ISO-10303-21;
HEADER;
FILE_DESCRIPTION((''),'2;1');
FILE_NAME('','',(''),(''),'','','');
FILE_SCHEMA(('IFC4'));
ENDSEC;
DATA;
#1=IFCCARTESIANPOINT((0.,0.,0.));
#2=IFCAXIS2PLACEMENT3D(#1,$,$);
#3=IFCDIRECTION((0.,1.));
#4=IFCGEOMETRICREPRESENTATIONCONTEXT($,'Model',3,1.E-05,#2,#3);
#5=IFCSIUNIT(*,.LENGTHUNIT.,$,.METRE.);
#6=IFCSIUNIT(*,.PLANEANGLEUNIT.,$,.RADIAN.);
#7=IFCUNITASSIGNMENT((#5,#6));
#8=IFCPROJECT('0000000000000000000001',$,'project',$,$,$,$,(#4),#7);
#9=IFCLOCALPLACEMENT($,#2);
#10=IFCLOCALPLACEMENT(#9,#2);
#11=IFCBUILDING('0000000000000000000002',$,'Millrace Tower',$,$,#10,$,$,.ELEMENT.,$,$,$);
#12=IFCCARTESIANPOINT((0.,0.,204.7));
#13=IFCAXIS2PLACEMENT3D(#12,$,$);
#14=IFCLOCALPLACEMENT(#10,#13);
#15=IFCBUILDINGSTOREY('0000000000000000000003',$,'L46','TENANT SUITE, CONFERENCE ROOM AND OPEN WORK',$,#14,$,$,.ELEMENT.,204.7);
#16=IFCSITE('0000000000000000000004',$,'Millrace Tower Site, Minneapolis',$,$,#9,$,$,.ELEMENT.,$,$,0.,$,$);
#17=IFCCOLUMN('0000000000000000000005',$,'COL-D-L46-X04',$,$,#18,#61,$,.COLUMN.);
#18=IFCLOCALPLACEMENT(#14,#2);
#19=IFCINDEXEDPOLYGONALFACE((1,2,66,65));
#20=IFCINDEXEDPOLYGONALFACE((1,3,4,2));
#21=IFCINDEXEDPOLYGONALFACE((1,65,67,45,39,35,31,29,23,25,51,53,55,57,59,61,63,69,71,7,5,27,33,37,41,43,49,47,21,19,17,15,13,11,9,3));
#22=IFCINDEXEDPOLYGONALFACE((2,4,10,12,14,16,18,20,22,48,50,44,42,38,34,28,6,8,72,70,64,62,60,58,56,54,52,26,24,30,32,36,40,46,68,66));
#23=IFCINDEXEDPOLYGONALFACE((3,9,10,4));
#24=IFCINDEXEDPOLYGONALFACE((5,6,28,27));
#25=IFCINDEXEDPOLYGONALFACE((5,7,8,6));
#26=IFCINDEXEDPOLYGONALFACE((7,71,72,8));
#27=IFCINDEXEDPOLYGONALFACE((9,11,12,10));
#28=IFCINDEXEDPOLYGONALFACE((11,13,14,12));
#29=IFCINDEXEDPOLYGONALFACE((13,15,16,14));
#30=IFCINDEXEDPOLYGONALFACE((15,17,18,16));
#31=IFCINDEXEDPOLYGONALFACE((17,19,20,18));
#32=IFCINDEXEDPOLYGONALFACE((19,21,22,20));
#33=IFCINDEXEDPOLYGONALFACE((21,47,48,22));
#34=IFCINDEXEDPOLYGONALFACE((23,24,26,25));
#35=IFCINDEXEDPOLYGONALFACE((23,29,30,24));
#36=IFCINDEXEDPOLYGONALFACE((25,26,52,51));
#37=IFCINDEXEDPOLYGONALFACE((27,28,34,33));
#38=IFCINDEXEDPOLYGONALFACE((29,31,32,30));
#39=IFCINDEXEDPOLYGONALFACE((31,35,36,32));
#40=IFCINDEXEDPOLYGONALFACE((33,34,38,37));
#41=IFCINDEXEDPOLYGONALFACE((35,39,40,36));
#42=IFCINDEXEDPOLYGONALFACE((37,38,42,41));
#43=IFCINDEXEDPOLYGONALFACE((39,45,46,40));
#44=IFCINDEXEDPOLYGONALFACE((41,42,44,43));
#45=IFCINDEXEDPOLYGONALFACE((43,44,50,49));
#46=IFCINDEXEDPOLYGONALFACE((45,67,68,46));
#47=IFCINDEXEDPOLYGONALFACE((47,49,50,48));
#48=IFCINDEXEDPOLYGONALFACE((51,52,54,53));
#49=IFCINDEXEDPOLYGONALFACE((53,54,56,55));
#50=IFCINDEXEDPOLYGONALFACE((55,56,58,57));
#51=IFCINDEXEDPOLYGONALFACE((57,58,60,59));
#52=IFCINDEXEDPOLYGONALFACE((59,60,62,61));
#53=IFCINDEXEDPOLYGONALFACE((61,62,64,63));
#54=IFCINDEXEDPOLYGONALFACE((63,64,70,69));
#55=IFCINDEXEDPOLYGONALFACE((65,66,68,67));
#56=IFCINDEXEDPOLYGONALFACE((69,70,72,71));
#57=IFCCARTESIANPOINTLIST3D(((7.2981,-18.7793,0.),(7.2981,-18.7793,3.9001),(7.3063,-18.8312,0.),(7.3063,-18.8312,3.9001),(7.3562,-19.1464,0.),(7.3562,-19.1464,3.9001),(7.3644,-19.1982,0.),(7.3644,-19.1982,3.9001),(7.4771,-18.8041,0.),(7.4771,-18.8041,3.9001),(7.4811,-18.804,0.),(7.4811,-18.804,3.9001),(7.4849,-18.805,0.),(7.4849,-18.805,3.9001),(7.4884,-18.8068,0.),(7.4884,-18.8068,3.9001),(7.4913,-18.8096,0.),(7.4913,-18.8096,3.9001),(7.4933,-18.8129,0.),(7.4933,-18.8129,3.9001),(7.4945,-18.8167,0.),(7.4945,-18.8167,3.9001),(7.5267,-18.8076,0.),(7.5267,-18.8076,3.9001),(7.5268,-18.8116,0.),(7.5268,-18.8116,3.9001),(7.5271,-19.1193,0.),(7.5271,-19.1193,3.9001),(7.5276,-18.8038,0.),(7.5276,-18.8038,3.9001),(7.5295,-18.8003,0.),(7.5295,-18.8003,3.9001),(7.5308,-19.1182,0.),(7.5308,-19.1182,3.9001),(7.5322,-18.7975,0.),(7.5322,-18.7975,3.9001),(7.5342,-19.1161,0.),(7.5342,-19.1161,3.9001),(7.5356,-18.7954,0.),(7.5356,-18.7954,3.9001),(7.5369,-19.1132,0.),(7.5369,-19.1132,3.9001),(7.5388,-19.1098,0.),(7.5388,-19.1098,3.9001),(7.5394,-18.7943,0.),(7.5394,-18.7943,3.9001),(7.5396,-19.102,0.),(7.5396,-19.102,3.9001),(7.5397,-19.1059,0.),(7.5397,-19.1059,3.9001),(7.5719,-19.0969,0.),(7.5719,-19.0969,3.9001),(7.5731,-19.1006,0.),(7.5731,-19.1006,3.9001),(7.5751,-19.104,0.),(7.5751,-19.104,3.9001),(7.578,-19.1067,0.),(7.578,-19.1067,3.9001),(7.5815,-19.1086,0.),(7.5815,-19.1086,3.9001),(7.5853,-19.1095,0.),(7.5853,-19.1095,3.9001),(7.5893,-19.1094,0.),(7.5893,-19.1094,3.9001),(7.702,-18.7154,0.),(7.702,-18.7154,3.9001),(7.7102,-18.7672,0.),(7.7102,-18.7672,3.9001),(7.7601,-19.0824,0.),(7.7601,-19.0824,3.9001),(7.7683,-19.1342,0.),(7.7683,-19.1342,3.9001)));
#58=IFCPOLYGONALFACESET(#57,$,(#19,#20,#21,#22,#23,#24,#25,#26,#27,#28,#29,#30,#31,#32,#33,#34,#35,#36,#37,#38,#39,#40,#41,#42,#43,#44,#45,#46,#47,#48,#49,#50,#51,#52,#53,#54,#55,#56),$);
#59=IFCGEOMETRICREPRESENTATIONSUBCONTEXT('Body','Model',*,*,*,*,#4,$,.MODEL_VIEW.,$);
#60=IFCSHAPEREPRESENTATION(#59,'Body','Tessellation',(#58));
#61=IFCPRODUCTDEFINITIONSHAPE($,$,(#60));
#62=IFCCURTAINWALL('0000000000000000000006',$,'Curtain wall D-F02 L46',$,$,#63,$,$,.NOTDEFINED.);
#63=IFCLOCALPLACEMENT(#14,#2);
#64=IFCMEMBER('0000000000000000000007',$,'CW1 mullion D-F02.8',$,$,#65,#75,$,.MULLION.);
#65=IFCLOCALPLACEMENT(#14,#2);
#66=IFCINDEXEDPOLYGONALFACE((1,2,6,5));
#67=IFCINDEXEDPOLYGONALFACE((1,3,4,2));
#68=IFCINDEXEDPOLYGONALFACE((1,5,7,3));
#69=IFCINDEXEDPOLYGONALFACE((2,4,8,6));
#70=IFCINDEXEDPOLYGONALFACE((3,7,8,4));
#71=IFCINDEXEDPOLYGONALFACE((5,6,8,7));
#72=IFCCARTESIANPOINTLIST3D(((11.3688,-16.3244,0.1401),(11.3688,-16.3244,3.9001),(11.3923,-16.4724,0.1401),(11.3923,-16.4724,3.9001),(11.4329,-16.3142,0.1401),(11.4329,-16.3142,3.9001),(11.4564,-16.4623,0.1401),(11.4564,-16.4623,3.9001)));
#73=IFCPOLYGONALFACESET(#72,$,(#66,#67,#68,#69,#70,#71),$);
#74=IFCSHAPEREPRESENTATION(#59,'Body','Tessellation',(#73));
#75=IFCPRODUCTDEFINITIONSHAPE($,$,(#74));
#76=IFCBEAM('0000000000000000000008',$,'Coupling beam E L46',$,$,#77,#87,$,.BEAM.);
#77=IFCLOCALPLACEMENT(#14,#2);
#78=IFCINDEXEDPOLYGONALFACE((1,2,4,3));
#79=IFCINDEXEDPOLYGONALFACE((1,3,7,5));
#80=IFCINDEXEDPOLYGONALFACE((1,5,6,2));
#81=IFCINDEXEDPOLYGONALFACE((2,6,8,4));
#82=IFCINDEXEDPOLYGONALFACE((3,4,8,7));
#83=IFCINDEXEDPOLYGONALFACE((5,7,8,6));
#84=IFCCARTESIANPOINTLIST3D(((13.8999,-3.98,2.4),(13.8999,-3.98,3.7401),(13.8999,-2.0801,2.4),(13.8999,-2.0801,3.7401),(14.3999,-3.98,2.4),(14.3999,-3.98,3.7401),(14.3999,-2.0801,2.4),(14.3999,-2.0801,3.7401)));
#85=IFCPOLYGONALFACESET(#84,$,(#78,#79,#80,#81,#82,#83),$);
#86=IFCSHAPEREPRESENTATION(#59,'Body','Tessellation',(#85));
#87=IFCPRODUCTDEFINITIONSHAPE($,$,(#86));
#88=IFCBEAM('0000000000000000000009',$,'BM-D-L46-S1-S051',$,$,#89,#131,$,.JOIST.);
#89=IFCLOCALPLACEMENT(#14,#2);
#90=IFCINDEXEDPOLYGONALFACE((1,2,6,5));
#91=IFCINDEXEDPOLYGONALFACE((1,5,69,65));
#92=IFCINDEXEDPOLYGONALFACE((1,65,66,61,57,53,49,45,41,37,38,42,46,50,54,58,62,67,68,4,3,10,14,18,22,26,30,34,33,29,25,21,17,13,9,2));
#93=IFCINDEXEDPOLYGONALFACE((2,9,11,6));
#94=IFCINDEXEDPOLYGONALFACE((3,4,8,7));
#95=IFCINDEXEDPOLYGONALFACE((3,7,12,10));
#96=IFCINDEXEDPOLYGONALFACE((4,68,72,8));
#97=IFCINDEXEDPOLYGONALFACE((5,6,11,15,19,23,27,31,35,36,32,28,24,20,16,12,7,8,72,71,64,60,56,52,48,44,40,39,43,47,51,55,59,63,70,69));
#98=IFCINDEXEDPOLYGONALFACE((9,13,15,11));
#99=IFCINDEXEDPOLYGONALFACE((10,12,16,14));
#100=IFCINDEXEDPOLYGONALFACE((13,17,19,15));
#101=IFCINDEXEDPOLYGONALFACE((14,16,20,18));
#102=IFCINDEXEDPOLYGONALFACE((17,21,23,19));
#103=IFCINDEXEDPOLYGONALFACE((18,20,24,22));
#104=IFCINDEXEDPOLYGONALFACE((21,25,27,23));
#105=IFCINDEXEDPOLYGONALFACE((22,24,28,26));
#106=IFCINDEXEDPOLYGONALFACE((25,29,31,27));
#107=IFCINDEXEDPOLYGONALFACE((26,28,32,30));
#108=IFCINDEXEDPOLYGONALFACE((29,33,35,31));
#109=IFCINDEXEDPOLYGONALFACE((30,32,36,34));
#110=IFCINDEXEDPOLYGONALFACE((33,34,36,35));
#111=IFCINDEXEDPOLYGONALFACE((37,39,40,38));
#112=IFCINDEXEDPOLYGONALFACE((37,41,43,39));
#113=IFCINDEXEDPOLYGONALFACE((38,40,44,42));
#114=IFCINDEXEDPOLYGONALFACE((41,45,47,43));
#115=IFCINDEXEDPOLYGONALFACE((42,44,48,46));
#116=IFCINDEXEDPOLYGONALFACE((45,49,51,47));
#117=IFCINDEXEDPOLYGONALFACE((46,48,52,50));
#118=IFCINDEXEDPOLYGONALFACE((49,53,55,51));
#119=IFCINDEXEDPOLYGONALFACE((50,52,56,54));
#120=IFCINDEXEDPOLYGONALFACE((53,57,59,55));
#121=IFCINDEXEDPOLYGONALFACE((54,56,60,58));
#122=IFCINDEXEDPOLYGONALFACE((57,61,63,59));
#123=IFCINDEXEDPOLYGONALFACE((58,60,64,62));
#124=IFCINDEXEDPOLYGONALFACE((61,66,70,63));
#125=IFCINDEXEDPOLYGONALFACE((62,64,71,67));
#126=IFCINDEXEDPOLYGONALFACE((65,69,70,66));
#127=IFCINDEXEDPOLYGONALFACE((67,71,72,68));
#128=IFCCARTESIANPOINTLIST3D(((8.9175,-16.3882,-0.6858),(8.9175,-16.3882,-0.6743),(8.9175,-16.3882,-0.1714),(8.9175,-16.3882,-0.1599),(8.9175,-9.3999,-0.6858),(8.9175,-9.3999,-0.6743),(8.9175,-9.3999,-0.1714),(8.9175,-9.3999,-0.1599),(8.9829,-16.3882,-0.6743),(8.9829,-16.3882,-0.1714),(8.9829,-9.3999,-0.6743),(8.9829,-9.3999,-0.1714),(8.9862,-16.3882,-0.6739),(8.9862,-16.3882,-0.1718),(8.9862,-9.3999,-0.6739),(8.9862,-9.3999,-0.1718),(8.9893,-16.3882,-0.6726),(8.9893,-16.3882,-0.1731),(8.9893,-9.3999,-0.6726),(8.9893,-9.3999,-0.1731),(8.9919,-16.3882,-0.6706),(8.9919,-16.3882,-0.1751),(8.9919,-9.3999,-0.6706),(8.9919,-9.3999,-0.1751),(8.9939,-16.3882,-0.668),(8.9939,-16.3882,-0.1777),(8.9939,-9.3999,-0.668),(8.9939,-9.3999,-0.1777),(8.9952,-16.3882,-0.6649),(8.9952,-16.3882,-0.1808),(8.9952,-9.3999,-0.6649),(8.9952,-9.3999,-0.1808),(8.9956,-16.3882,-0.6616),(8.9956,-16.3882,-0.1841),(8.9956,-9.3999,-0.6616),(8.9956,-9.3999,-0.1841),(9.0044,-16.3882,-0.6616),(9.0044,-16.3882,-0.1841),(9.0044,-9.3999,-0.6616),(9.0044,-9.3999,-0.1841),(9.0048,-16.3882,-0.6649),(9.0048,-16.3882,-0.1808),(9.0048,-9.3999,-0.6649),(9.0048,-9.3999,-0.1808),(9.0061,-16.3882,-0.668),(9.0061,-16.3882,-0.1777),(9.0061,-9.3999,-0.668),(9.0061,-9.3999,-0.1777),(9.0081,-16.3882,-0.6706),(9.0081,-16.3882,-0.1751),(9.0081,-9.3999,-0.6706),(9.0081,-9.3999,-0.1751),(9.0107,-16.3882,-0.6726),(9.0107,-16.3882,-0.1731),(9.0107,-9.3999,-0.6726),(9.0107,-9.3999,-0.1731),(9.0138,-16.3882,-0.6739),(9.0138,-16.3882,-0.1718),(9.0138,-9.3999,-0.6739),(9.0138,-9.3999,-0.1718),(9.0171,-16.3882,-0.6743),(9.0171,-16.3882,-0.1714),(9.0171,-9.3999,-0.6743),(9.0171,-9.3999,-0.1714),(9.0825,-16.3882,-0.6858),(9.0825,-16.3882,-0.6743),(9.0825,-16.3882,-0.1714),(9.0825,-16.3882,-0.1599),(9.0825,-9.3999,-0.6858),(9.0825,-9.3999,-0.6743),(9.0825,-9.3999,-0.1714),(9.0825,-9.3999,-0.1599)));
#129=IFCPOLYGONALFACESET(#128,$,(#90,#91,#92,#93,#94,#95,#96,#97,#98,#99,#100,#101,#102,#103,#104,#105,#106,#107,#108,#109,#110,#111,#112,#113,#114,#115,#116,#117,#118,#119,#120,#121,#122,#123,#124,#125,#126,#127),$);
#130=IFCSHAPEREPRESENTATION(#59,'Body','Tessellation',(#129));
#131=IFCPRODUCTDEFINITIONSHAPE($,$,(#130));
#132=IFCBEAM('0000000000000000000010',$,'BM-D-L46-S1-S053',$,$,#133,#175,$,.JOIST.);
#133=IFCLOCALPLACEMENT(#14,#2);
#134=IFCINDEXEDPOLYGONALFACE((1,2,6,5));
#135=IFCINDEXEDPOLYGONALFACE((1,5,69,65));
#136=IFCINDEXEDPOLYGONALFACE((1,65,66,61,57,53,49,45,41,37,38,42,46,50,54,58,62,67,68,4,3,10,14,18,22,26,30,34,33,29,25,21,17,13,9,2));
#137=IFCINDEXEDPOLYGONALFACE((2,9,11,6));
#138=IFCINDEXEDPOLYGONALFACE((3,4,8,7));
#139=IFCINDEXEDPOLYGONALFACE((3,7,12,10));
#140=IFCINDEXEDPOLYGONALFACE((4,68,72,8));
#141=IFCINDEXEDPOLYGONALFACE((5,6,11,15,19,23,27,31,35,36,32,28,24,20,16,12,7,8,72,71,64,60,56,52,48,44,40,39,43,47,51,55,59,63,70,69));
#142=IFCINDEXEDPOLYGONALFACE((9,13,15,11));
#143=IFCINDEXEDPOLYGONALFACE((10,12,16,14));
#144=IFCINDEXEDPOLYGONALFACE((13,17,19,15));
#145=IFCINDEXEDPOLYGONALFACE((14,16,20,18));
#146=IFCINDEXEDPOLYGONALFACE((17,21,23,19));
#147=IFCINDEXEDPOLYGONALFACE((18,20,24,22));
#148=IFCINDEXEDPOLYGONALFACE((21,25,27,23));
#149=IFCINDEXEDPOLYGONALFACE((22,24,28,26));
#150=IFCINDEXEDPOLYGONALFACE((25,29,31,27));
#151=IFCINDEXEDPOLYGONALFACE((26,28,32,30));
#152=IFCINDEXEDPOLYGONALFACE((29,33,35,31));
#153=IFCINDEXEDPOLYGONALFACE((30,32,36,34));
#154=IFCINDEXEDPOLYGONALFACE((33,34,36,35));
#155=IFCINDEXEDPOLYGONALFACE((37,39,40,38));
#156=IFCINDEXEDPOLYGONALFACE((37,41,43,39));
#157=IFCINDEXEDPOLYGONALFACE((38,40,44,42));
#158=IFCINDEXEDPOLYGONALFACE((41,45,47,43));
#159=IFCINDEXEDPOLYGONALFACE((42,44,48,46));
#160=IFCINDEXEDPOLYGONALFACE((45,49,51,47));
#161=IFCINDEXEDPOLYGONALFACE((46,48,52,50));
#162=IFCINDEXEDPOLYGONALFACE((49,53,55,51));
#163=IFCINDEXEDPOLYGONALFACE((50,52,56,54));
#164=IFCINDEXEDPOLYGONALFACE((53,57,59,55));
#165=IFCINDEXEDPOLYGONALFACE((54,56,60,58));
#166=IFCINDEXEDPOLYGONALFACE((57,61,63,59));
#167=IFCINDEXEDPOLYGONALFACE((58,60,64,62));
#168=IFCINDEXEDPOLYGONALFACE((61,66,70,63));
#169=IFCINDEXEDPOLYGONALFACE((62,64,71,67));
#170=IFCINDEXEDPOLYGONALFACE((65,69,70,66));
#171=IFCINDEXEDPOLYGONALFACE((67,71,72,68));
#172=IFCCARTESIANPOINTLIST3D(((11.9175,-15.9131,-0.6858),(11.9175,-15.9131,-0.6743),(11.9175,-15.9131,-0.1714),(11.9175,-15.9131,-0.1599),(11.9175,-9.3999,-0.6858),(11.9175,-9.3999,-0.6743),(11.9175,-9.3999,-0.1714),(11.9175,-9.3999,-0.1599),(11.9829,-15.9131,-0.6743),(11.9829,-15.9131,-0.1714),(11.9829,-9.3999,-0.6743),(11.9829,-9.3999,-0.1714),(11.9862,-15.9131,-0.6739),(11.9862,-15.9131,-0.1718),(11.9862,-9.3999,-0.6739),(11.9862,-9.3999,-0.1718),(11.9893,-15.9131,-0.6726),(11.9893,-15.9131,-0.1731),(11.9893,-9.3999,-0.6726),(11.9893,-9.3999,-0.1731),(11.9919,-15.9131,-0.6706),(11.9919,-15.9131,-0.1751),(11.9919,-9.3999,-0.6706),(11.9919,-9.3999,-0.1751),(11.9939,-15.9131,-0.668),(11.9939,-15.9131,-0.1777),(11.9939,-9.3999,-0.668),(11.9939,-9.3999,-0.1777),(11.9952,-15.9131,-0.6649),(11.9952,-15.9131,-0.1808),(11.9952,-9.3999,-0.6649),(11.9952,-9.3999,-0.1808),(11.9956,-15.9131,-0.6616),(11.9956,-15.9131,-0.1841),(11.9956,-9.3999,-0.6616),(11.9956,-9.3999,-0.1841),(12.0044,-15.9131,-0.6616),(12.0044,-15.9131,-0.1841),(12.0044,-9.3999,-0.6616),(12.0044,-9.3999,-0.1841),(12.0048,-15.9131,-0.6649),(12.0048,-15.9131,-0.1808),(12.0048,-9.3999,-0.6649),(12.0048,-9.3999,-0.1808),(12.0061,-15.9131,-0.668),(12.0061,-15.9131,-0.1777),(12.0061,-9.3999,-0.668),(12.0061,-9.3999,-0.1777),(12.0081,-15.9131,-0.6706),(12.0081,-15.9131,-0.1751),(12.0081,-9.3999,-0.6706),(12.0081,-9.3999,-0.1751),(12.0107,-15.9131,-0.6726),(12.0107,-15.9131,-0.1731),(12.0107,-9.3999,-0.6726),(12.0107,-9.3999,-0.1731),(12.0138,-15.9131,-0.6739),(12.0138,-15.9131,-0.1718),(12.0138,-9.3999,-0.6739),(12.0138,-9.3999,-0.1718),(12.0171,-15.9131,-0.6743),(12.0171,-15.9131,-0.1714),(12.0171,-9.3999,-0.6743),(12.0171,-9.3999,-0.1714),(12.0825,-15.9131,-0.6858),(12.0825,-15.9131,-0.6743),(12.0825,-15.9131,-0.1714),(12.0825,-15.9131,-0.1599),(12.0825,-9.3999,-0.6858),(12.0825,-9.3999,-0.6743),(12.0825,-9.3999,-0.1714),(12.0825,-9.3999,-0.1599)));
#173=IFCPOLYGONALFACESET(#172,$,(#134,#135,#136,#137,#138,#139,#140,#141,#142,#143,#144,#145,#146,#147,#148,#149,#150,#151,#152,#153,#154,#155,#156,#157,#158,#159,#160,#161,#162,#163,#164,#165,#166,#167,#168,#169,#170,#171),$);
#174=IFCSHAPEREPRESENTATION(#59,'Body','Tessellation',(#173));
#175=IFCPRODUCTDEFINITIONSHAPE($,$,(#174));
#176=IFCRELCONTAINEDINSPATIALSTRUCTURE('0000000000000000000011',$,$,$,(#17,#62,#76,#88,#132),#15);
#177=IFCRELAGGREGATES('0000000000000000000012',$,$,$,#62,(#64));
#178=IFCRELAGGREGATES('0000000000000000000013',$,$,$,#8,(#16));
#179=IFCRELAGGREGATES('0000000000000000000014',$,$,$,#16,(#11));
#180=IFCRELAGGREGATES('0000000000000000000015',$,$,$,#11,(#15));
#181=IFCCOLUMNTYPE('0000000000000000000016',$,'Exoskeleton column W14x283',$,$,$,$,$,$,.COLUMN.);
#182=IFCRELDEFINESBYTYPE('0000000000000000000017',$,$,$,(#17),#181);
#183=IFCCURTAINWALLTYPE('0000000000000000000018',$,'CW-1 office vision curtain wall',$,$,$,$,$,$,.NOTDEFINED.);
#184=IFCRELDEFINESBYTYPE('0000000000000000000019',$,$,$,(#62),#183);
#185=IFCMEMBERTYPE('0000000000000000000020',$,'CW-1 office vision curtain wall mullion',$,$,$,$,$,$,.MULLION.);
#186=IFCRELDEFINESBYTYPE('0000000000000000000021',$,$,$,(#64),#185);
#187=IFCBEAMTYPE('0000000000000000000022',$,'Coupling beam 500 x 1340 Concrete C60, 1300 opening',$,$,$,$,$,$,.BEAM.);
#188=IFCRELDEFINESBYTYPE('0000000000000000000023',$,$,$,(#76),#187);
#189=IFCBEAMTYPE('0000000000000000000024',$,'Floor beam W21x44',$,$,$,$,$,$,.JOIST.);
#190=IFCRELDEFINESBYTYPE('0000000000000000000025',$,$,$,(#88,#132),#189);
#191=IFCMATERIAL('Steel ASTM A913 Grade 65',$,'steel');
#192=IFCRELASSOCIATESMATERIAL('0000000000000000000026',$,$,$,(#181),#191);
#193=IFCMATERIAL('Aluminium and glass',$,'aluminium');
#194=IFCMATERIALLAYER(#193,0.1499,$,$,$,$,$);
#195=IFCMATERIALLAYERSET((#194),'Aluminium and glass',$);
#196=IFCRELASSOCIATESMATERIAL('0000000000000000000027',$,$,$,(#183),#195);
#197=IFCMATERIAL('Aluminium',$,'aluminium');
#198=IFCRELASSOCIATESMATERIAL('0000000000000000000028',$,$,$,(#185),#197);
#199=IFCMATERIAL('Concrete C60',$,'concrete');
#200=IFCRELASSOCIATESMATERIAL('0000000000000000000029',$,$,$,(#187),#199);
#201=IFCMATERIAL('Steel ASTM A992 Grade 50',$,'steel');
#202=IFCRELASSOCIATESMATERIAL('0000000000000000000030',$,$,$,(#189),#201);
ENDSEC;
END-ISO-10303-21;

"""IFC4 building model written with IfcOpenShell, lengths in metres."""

from ifc_helpers import new_model, si_unit, direction, frame, origin, origin_2d, place, context, subcontext, project, spatial, rectangle, i_section, extrude, material, layer, layer_set, material_profile, profile_set, type_object, element, aggregate, save


model = new_model("IFC4")

# Units and contexts
model_context = context("Model", 3, precision=1e-05, world=origin(), true_north=direction((0.0, 1.0)))
body_context = subcontext(model_context, "Body", "Model", "MODEL_VIEW")
ifc_project = project(units=[si_unit("LENGTHUNIT", "METRE"), si_unit("PLANEANGLEUNIT", "RADIAN")], contexts=[model_context])

# Site, building, storey
site_placement = place(None, origin())
site = spatial("IfcSite", under=ifc_project, at=site_placement, Name="Millrace Tower Site, Minneapolis", CompositionType="ELEMENT", RefElevation=0.0)
building_placement = place(site_placement, origin())
building = spatial("IfcBuilding", under=site, at=building_placement, Name="Millrace Tower", CompositionType="ELEMENT")
storey_placement = place(building_placement, frame((0.0, 0.0, 204.7)))
storey = spatial("IfcBuildingStorey", under=building, at=storey_placement, Name="L46", Description="TENANT SUITE, CONFERENCE ROOM AND OPEN WORK", CompositionType="ELEMENT", Elevation=204.7)

# Column
ifc_material_1 = material(Name="Steel ASTM A913 Grade 65", Category="steel")
ifc_material_profile_1 = material_profile(ifc_material_1, i_section(OverallWidth=0.4089, OverallDepth=0.4241, WebThickness=0.0327, FlangeThickness=0.0525, FilletRadius=0.0151, at=origin_2d()))
ifc_profile_set_1 = profile_set([ifc_material_profile_1], Name="Steel ASTM A913 Grade 65")
column_type = type_object("IfcColumnType", Name="Exoskeleton column W14x283", PredefinedType="COLUMN", material=ifc_profile_set_1)
column_placement = place(storey_placement, frame((7.5332, -18.9568, 0.0), z_axis=(0.0, 0.0, 1.0), x_axis=(0.987688, 0.156434, 0.0)))
element("IfcColumn", 1, at=column_placement, inside=storey, type_object=column_type, Name="COL-D-L46-X04", PredefinedType="COLUMN", context=body_context, shape_type="SweptSolid", body=[
    extrude(i_section(OverallWidth=0.4089, OverallDepth=0.4241, WebThickness=0.0327, FlangeThickness=0.0525, FilletRadius=0.0151, at=origin_2d()), origin(), (0.0, 0.0, 1.0), 3.9001),
])

# Curtain wall, member
ifc_material_2 = material(Name="Aluminium and glass", Category="aluminium")
ifc_layer_1 = layer(ifc_material_2, 0.1499)
ifc_layer_set_1 = layer_set([ifc_layer_1], Name="Aluminium and glass")
curtain_wall_type = type_object("IfcCurtainWallType", Name="CW-1 office vision curtain wall", PredefinedType="NOTDEFINED", material=ifc_layer_set_1)
placement = place(storey_placement, origin())
curtain_wall = element("IfcCurtainWall", 2, at=placement, inside=storey, type_object=curtain_wall_type, Name="Curtain wall D-F02 L46", PredefinedType="NOTDEFINED")
ifc_material_3 = material(Name="Aluminium", Category="aluminium")
ifc_material_profile_2 = material_profile(ifc_material_3, rectangle(XDim=0.0649, YDim=0.1499, at=origin_2d()))
ifc_profile_set_2 = profile_set([ifc_material_profile_2], Name="Aluminium")
member_type = type_object("IfcMemberType", Name="CW-1 office vision curtain wall mullion", PredefinedType="MULLION", material=ifc_profile_set_2)
member_placement = place(storey_placement, frame((11.4126, -16.3933, 0.1401), z_axis=(0.0, 0.0, 1.0), x_axis=(0.987688, 0.156434, 0.0)))
member = element("IfcMember", 3, at=member_placement, type_object=member_type, Name="CW1 mullion D-F02.8", PredefinedType="MULLION", context=body_context, shape_type="SweptSolid", body=[
    extrude(rectangle(XDim=0.0649, YDim=0.1499, at=origin_2d()), origin(), (0.0, 0.0, 1.0), 3.76),
])
aggregate(curtain_wall, [member])

# Beams
ifc_material_4 = material(Name="Concrete C60", Category="concrete")
ifc_material_profile_3 = material_profile(ifc_material_4, rectangle(XDim=0.5, YDim=1.3401, at=origin_2d()))
ifc_profile_set_3 = profile_set([ifc_material_profile_3], Name="Concrete C60")
beam_type_1 = type_object("IfcBeamType", Name="Coupling beam 500 x 1340 Concrete C60, 1300 opening", PredefinedType="BEAM", material=ifc_profile_set_3)
beam_1_placement = place(storey_placement, frame((14.1499, -2.0801, 3.0701), z_axis=(0.0, -1.0, 0.0), x_axis=(1.0, 0.0, 0.0)))
element("IfcBeam", 4, at=beam_1_placement, inside=storey, type_object=beam_type_1, Name="Coupling beam E L46", PredefinedType="BEAM", context=body_context, shape_type="SweptSolid", body=[
    extrude(rectangle(XDim=0.5, YDim=1.3401, at=origin_2d()), origin(), (0.0, 0.0, 1.0), 1.8999),
])
ifc_material_5 = material(Name="Steel ASTM A992 Grade 50", Category="steel")
ifc_material_profile_4 = material_profile(ifc_material_5, i_section(OverallWidth=0.165, OverallDepth=0.5259, WebThickness=0.0088, FlangeThickness=0.0115, FilletRadius=0.0127, at=origin_2d()))
ifc_profile_set_4 = profile_set([ifc_material_profile_4], Name="Steel ASTM A992 Grade 50")
beam_type_2 = type_object("IfcBeamType", Name="Floor beam W21x44", PredefinedType="JOIST", material=ifc_profile_set_4)
beam_2_placement = place(storey_placement, frame((9.0, -16.3882, -0.4229), z_axis=(0.0, 1.0, 0.0), x_axis=(-1.0, 0.0, 0.0)))
element("IfcBeam", 5, at=beam_2_placement, inside=storey, type_object=beam_type_2, Name="BM-D-L46-S1-S051", PredefinedType="JOIST", context=body_context, shape_type="SweptSolid", body=[
    extrude(i_section(OverallWidth=0.165, OverallDepth=0.5259, WebThickness=0.0088, FlangeThickness=0.0115, FilletRadius=0.0127, at=origin_2d()), origin(), (0.0, 0.0, 1.0), 6.9883),
])
beam_3_placement = place(storey_placement, frame((12.0, -15.9131, -0.4229), z_axis=(0.0, 1.0, 0.0), x_axis=(-1.0, 0.0, 0.0)))
element("IfcBeam", 6, at=beam_3_placement, inside=storey, type_object=beam_type_2, Name="BM-D-L46-S1-S053", PredefinedType="JOIST", context=body_context, shape_type="SweptSolid", body=[
    extrude(i_section(OverallWidth=0.165, OverallDepth=0.5259, WebThickness=0.0088, FlangeThickness=0.0115, FilletRadius=0.0127, at=origin_2d()), origin(), (0.0, 0.0, 1.0), 6.5132),
])

save(model, "model.ifc")
